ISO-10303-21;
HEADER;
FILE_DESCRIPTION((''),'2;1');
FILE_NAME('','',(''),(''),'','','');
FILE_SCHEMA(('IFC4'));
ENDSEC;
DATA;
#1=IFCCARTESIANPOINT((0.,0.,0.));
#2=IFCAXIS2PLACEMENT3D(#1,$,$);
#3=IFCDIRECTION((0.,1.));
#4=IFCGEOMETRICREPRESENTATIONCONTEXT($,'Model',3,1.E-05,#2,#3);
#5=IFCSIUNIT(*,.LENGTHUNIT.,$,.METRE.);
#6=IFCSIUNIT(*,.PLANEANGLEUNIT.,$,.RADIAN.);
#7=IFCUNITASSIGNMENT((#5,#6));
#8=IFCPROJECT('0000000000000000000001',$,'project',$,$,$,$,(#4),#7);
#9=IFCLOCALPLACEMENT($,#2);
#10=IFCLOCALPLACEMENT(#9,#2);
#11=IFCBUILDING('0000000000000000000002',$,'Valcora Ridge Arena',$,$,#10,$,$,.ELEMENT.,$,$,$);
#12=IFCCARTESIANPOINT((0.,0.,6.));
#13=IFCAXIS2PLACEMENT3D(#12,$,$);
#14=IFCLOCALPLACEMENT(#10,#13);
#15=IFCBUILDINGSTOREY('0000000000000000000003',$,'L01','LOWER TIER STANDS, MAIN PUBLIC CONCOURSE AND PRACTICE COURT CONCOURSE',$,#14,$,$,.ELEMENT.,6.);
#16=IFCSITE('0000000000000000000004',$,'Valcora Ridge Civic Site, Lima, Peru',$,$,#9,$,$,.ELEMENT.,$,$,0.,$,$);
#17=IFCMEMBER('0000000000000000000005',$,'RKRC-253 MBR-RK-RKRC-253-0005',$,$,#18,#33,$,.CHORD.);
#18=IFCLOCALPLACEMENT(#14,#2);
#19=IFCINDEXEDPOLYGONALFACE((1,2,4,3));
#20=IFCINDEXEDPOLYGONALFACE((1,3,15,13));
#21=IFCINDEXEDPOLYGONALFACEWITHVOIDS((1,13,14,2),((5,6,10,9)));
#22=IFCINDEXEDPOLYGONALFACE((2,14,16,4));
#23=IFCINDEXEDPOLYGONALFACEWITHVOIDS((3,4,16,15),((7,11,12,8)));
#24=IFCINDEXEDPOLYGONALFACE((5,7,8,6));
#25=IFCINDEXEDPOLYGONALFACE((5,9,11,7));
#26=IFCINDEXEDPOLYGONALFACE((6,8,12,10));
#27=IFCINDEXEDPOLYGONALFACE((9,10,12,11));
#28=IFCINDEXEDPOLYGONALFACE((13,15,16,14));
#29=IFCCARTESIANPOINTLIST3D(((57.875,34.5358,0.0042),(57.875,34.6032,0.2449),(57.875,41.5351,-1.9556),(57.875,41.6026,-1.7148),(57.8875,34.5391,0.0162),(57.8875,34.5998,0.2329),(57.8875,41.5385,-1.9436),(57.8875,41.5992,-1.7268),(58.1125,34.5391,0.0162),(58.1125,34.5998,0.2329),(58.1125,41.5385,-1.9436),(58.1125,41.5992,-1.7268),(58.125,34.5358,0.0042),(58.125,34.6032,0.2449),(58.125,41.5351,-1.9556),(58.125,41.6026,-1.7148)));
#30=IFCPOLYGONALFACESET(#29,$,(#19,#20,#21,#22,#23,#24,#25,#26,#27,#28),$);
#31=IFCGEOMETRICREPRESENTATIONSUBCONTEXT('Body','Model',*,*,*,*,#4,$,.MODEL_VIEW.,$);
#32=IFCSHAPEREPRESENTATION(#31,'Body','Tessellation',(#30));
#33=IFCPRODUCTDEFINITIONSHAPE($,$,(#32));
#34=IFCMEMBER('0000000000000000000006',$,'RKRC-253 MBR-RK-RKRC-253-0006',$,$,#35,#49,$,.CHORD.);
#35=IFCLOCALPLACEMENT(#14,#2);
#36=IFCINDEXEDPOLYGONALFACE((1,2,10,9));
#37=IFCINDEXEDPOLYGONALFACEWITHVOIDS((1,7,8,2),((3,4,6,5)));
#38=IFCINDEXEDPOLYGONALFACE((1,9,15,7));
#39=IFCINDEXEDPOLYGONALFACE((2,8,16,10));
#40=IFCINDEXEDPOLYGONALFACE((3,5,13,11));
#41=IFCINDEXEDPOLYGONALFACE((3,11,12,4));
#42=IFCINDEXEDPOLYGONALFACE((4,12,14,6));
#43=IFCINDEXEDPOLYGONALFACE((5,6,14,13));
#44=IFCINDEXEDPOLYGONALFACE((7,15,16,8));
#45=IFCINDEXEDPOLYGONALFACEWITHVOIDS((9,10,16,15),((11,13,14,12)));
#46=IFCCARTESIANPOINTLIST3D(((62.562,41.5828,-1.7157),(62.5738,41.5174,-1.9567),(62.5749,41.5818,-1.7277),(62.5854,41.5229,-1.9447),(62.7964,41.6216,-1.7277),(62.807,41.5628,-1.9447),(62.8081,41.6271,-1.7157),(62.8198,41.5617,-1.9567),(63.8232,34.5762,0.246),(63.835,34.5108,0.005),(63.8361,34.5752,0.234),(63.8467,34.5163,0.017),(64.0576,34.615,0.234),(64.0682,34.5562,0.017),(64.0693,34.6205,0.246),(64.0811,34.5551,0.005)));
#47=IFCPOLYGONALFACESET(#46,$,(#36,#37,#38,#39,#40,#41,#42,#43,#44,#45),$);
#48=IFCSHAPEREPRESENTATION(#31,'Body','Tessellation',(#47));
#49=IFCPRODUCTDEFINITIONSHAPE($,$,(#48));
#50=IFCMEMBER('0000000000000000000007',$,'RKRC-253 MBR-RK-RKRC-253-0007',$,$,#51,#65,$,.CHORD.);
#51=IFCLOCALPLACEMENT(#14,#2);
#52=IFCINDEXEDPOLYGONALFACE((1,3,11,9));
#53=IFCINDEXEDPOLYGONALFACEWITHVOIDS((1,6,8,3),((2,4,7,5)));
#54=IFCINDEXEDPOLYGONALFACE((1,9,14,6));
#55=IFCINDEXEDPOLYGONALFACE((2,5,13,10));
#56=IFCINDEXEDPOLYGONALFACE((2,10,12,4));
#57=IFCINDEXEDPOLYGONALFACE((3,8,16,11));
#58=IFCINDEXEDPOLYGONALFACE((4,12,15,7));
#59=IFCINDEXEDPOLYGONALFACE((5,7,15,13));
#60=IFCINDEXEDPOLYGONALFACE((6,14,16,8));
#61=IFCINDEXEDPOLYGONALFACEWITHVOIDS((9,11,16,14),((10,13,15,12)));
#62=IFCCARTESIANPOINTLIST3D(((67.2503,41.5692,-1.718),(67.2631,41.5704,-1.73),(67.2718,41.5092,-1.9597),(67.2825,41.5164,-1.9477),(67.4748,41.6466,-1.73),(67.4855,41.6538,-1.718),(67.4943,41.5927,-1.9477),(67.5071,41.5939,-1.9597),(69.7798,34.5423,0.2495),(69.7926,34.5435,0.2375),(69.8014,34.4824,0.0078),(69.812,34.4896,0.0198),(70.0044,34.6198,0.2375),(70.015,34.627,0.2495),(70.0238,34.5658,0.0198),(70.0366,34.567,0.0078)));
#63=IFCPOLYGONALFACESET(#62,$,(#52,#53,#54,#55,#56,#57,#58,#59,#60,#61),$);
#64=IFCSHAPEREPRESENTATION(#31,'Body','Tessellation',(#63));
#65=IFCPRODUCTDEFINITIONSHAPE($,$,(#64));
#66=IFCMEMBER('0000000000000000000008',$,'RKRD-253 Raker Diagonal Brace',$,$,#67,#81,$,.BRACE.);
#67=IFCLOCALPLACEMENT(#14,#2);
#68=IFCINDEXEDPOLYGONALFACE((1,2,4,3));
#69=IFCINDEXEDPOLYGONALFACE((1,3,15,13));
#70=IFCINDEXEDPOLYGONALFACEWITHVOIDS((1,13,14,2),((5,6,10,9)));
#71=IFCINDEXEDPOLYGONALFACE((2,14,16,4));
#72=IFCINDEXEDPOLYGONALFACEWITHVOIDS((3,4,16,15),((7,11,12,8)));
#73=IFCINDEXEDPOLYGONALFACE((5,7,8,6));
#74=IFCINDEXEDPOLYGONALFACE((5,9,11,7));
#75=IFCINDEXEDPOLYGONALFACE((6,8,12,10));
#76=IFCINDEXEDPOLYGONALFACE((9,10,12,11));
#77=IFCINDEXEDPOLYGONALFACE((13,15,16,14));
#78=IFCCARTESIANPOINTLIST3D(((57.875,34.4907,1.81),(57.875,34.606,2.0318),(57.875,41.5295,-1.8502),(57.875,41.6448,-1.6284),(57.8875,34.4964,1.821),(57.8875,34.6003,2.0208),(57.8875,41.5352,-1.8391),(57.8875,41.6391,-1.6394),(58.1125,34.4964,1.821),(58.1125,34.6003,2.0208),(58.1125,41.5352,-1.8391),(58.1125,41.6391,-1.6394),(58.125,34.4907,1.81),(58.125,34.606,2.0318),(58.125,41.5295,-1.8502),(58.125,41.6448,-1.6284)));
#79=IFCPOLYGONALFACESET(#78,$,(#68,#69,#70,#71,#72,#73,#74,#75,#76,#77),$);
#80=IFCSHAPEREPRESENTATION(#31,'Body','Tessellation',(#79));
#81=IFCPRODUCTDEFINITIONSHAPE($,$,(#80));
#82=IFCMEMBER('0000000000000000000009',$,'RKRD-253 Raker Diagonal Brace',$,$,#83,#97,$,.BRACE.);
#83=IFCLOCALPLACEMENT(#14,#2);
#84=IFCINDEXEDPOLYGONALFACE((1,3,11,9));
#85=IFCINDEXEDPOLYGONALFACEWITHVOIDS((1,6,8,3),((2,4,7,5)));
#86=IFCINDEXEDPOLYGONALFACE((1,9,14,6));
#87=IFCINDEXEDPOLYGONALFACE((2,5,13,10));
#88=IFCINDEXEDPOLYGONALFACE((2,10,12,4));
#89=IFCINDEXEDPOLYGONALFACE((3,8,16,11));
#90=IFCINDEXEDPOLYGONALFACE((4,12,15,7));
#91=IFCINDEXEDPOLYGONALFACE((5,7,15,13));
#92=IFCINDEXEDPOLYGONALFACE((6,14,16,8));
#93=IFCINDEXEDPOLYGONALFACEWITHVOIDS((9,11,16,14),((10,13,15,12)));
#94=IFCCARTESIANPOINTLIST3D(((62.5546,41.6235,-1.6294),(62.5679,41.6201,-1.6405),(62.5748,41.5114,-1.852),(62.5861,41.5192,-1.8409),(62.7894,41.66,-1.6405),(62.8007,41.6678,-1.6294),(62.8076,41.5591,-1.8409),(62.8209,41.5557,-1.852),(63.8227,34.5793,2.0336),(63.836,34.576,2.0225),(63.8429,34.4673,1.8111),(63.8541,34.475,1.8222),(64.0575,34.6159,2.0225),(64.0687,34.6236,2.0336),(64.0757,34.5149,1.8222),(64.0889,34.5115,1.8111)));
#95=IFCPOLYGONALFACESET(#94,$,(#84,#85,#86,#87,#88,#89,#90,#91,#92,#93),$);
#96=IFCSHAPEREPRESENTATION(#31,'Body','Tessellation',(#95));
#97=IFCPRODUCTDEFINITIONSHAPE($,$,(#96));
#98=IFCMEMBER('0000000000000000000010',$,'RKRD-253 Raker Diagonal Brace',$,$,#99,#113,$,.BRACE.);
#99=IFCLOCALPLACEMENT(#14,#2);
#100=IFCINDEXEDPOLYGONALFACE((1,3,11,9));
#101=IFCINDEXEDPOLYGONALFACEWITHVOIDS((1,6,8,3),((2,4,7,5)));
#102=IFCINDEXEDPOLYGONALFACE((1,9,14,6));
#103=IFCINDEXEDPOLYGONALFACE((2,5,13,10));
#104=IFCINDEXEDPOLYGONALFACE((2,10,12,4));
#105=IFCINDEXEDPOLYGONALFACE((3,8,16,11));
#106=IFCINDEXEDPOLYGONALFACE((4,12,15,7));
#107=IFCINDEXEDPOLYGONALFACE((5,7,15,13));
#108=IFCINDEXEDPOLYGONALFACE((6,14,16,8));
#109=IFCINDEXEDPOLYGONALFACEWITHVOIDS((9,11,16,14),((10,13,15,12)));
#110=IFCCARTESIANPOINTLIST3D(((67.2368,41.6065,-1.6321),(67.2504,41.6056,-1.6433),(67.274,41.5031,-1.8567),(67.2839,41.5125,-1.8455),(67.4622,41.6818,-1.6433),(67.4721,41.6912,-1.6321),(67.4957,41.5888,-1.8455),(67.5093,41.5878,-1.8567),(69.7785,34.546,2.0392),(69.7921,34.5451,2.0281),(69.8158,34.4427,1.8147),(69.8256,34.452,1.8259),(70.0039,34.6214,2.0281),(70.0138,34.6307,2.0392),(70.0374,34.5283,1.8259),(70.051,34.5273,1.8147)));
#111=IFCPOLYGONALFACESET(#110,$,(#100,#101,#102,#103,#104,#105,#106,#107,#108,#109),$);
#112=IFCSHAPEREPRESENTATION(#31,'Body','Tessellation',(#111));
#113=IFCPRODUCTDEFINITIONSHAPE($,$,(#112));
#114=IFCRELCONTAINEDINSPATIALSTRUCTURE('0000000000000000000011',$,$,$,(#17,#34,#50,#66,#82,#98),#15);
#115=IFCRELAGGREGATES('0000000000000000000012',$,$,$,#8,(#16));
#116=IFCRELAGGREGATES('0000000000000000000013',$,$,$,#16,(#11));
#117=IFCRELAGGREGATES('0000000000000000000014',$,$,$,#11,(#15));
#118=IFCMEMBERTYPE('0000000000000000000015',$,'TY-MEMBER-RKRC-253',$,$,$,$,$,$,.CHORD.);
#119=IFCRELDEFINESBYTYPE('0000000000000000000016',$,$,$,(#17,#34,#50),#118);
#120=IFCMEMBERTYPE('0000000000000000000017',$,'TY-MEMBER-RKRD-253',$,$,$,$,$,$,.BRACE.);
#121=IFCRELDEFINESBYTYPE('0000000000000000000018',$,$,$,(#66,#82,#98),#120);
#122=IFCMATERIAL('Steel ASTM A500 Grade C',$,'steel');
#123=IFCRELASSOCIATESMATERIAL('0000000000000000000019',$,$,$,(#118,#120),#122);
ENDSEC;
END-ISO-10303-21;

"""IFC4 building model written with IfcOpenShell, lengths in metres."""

from ifc_helpers import new_model, si_unit, direction, frame, origin, origin_2d, place, context, subcontext, project, spatial, hollow_rectangle, extrude, material, material_profile, profile_set, type_object, element, save


model = new_model("IFC4")

# Units and contexts
model_context = context("Model", 3, precision=1e-05, world=origin(), true_north=direction((0.0, 1.0)))
body_context = subcontext(model_context, "Body", "Model", "MODEL_VIEW")
ifc_project = project(units=[si_unit("LENGTHUNIT", "METRE"), si_unit("PLANEANGLEUNIT", "RADIAN")], contexts=[model_context])

# Site, building, storey
site_placement = place(None, origin())
site = spatial("IfcSite", under=ifc_project, at=site_placement, Name="Valcora Ridge Civic Site, Lima, Peru", CompositionType="ELEMENT", RefElevation=0.0)
building_placement = place(site_placement, origin())
building = spatial("IfcBuilding", under=site, at=building_placement, Name="Valcora Ridge Arena", CompositionType="ELEMENT")
storey_placement = place(building_placement, frame((0.0, 0.0, 6.0)))
storey = spatial("IfcBuildingStorey", under=building, at=storey_placement, Name="L01", Description="LOWER TIER STANDS, MAIN PUBLIC CONCOURSE AND PRACTICE COURT CONCOURSE", CompositionType="ELEMENT", Elevation=6.0)

# Members
ifc_material_1 = material(Name="Steel ASTM A500 Grade C", Category="steel")
ifc_material_profile_1 = material_profile(ifc_material_1, hollow_rectangle(XDim=0.25, YDim=0.25, WallThickness=0.0125, at=origin_2d()), Name="HSS250X250X12")
ifc_profile_set_1 = profile_set([ifc_material_profile_1], Name="Steel ASTM A500 Grade C")
member_type_1 = type_object("IfcMemberType", Name="TY-MEMBER-RKRC-253", PredefinedType="CHORD", material=ifc_profile_set_1)
member_1_placement = place(storey_placement, frame((58.0, 41.5688, -1.8352), z_axis=(0.0, -0.962967, 0.26962), x_axis=(1.0, 0.0, 0.0)))
element("IfcMember", 1, at=member_1_placement, inside=storey, type_object=member_type_1, Name="RKRC-253 MBR-RK-RKRC-253-0005", PredefinedType="CHORD", context=body_context, shape_type="SweptSolid", body=[
    extrude(hollow_rectangle(XDim=0.25, YDim=0.25, WallThickness=0.0125, at=origin_2d()), origin(), (0.0, 0.0, 1.0), 7.2686),
])
member_2_placement = place(storey_placement, frame((62.6909, 41.5723, -1.8362), z_axis=(0.170794, -0.948821, 0.265646), x_axis=(0.984182, 0.177159, 0.0)))
element("IfcMember", 2, at=member_2_placement, inside=storey, type_object=member_type_1, Name="RKRC-253 MBR-RK-RKRC-253-0006", PredefinedType="CHORD", context=body_context, shape_type="SweptSolid", body=[
    extrude(hollow_rectangle(XDim=0.25, YDim=0.25, WallThickness=0.0125, at=origin_2d()), origin(), (0.0, 0.0, 1.0), 7.3845),
])
member_3_placement = place(storey_placement, frame((67.3787, 41.5815, -1.8389), z_axis=(0.327529, -0.909848, 0.254759), x_axis=(0.940893, 0.338704, 0.0)))
element("IfcMember", 3, at=member_3_placement, inside=storey, type_object=member_type_1, Name="RKRC-253 MBR-RK-RKRC-253-0007", PredefinedType="CHORD", context=body_context, shape_type="SweptSolid", body=[
    extrude(hollow_rectangle(XDim=0.25, YDim=0.25, WallThickness=0.0125, at=origin_2d()), origin(), (0.0, 0.0, 1.0), 7.7231),
])
ifc_material_profile_2 = material_profile(ifc_material_1, hollow_rectangle(XDim=0.25, YDim=0.25, WallThickness=0.0125, at=origin_2d()), Name="HSS250X250X12")
ifc_profile_set_2 = profile_set([ifc_material_profile_2], Name="Steel ASTM A500 Grade C")
member_type_2 = type_object("IfcMemberType", Name="TY-MEMBER-RKRD-253", PredefinedType="BRACE", material=ifc_profile_set_2)
member_4_placement = place(storey_placement, frame((58.0, 41.5872, -1.7393), z_axis=(0.0, -0.887218, 0.46135), x_axis=(1.0, 0.0, 0.0)))
element("IfcMember", 4, at=member_4_placement, inside=storey, type_object=member_type_2, Name="RKRD-253 Raker Diagonal Brace", PredefinedType="BRACE", context=body_context, shape_type="SweptSolid", body=[
    extrude(hollow_rectangle(XDim=0.25, YDim=0.25, WallThickness=0.0125, at=origin_2d()), origin(), (0.0, 0.0, 1.0), 7.9336),
])
member_5_placement = place(storey_placement, frame((62.6877, 41.5896, -1.7407), z_axis=(0.157713, -0.876108, 0.455589), x_axis=(0.984181, 0.177168, 0.0)))
element("IfcMember", 5, at=member_5_placement, inside=storey, type_object=member_type_2, Name="RKRD-253 Raker Diagonal Brace", PredefinedType="BRACE", context=body_context, shape_type="SweptSolid", body=[
    extrude(hollow_rectangle(XDim=0.25, YDim=0.25, WallThickness=0.0125, at=origin_2d()), origin(), (0.0, 0.0, 1.0), 8.0403),
])
member_6_placement = place(storey_placement, frame((67.373, 41.5972, -1.7444), z_axis=(0.304252, -0.84516, 0.439472), x_axis=(0.940889, 0.338714, 0.0)))
element("IfcMember", 6, at=member_6_placement, inside=storey, type_object=member_type_2, Name="RKRD-253 Raker Diagonal Brace", PredefinedType="BRACE", context=body_context, shape_type="SweptSolid", body=[
    extrude(hollow_rectangle(XDim=0.25, YDim=0.25, WallThickness=0.0125, at=origin_2d()), origin(), (0.0, 0.0, 1.0), 8.354),
])

save(model, "model.ifc")
